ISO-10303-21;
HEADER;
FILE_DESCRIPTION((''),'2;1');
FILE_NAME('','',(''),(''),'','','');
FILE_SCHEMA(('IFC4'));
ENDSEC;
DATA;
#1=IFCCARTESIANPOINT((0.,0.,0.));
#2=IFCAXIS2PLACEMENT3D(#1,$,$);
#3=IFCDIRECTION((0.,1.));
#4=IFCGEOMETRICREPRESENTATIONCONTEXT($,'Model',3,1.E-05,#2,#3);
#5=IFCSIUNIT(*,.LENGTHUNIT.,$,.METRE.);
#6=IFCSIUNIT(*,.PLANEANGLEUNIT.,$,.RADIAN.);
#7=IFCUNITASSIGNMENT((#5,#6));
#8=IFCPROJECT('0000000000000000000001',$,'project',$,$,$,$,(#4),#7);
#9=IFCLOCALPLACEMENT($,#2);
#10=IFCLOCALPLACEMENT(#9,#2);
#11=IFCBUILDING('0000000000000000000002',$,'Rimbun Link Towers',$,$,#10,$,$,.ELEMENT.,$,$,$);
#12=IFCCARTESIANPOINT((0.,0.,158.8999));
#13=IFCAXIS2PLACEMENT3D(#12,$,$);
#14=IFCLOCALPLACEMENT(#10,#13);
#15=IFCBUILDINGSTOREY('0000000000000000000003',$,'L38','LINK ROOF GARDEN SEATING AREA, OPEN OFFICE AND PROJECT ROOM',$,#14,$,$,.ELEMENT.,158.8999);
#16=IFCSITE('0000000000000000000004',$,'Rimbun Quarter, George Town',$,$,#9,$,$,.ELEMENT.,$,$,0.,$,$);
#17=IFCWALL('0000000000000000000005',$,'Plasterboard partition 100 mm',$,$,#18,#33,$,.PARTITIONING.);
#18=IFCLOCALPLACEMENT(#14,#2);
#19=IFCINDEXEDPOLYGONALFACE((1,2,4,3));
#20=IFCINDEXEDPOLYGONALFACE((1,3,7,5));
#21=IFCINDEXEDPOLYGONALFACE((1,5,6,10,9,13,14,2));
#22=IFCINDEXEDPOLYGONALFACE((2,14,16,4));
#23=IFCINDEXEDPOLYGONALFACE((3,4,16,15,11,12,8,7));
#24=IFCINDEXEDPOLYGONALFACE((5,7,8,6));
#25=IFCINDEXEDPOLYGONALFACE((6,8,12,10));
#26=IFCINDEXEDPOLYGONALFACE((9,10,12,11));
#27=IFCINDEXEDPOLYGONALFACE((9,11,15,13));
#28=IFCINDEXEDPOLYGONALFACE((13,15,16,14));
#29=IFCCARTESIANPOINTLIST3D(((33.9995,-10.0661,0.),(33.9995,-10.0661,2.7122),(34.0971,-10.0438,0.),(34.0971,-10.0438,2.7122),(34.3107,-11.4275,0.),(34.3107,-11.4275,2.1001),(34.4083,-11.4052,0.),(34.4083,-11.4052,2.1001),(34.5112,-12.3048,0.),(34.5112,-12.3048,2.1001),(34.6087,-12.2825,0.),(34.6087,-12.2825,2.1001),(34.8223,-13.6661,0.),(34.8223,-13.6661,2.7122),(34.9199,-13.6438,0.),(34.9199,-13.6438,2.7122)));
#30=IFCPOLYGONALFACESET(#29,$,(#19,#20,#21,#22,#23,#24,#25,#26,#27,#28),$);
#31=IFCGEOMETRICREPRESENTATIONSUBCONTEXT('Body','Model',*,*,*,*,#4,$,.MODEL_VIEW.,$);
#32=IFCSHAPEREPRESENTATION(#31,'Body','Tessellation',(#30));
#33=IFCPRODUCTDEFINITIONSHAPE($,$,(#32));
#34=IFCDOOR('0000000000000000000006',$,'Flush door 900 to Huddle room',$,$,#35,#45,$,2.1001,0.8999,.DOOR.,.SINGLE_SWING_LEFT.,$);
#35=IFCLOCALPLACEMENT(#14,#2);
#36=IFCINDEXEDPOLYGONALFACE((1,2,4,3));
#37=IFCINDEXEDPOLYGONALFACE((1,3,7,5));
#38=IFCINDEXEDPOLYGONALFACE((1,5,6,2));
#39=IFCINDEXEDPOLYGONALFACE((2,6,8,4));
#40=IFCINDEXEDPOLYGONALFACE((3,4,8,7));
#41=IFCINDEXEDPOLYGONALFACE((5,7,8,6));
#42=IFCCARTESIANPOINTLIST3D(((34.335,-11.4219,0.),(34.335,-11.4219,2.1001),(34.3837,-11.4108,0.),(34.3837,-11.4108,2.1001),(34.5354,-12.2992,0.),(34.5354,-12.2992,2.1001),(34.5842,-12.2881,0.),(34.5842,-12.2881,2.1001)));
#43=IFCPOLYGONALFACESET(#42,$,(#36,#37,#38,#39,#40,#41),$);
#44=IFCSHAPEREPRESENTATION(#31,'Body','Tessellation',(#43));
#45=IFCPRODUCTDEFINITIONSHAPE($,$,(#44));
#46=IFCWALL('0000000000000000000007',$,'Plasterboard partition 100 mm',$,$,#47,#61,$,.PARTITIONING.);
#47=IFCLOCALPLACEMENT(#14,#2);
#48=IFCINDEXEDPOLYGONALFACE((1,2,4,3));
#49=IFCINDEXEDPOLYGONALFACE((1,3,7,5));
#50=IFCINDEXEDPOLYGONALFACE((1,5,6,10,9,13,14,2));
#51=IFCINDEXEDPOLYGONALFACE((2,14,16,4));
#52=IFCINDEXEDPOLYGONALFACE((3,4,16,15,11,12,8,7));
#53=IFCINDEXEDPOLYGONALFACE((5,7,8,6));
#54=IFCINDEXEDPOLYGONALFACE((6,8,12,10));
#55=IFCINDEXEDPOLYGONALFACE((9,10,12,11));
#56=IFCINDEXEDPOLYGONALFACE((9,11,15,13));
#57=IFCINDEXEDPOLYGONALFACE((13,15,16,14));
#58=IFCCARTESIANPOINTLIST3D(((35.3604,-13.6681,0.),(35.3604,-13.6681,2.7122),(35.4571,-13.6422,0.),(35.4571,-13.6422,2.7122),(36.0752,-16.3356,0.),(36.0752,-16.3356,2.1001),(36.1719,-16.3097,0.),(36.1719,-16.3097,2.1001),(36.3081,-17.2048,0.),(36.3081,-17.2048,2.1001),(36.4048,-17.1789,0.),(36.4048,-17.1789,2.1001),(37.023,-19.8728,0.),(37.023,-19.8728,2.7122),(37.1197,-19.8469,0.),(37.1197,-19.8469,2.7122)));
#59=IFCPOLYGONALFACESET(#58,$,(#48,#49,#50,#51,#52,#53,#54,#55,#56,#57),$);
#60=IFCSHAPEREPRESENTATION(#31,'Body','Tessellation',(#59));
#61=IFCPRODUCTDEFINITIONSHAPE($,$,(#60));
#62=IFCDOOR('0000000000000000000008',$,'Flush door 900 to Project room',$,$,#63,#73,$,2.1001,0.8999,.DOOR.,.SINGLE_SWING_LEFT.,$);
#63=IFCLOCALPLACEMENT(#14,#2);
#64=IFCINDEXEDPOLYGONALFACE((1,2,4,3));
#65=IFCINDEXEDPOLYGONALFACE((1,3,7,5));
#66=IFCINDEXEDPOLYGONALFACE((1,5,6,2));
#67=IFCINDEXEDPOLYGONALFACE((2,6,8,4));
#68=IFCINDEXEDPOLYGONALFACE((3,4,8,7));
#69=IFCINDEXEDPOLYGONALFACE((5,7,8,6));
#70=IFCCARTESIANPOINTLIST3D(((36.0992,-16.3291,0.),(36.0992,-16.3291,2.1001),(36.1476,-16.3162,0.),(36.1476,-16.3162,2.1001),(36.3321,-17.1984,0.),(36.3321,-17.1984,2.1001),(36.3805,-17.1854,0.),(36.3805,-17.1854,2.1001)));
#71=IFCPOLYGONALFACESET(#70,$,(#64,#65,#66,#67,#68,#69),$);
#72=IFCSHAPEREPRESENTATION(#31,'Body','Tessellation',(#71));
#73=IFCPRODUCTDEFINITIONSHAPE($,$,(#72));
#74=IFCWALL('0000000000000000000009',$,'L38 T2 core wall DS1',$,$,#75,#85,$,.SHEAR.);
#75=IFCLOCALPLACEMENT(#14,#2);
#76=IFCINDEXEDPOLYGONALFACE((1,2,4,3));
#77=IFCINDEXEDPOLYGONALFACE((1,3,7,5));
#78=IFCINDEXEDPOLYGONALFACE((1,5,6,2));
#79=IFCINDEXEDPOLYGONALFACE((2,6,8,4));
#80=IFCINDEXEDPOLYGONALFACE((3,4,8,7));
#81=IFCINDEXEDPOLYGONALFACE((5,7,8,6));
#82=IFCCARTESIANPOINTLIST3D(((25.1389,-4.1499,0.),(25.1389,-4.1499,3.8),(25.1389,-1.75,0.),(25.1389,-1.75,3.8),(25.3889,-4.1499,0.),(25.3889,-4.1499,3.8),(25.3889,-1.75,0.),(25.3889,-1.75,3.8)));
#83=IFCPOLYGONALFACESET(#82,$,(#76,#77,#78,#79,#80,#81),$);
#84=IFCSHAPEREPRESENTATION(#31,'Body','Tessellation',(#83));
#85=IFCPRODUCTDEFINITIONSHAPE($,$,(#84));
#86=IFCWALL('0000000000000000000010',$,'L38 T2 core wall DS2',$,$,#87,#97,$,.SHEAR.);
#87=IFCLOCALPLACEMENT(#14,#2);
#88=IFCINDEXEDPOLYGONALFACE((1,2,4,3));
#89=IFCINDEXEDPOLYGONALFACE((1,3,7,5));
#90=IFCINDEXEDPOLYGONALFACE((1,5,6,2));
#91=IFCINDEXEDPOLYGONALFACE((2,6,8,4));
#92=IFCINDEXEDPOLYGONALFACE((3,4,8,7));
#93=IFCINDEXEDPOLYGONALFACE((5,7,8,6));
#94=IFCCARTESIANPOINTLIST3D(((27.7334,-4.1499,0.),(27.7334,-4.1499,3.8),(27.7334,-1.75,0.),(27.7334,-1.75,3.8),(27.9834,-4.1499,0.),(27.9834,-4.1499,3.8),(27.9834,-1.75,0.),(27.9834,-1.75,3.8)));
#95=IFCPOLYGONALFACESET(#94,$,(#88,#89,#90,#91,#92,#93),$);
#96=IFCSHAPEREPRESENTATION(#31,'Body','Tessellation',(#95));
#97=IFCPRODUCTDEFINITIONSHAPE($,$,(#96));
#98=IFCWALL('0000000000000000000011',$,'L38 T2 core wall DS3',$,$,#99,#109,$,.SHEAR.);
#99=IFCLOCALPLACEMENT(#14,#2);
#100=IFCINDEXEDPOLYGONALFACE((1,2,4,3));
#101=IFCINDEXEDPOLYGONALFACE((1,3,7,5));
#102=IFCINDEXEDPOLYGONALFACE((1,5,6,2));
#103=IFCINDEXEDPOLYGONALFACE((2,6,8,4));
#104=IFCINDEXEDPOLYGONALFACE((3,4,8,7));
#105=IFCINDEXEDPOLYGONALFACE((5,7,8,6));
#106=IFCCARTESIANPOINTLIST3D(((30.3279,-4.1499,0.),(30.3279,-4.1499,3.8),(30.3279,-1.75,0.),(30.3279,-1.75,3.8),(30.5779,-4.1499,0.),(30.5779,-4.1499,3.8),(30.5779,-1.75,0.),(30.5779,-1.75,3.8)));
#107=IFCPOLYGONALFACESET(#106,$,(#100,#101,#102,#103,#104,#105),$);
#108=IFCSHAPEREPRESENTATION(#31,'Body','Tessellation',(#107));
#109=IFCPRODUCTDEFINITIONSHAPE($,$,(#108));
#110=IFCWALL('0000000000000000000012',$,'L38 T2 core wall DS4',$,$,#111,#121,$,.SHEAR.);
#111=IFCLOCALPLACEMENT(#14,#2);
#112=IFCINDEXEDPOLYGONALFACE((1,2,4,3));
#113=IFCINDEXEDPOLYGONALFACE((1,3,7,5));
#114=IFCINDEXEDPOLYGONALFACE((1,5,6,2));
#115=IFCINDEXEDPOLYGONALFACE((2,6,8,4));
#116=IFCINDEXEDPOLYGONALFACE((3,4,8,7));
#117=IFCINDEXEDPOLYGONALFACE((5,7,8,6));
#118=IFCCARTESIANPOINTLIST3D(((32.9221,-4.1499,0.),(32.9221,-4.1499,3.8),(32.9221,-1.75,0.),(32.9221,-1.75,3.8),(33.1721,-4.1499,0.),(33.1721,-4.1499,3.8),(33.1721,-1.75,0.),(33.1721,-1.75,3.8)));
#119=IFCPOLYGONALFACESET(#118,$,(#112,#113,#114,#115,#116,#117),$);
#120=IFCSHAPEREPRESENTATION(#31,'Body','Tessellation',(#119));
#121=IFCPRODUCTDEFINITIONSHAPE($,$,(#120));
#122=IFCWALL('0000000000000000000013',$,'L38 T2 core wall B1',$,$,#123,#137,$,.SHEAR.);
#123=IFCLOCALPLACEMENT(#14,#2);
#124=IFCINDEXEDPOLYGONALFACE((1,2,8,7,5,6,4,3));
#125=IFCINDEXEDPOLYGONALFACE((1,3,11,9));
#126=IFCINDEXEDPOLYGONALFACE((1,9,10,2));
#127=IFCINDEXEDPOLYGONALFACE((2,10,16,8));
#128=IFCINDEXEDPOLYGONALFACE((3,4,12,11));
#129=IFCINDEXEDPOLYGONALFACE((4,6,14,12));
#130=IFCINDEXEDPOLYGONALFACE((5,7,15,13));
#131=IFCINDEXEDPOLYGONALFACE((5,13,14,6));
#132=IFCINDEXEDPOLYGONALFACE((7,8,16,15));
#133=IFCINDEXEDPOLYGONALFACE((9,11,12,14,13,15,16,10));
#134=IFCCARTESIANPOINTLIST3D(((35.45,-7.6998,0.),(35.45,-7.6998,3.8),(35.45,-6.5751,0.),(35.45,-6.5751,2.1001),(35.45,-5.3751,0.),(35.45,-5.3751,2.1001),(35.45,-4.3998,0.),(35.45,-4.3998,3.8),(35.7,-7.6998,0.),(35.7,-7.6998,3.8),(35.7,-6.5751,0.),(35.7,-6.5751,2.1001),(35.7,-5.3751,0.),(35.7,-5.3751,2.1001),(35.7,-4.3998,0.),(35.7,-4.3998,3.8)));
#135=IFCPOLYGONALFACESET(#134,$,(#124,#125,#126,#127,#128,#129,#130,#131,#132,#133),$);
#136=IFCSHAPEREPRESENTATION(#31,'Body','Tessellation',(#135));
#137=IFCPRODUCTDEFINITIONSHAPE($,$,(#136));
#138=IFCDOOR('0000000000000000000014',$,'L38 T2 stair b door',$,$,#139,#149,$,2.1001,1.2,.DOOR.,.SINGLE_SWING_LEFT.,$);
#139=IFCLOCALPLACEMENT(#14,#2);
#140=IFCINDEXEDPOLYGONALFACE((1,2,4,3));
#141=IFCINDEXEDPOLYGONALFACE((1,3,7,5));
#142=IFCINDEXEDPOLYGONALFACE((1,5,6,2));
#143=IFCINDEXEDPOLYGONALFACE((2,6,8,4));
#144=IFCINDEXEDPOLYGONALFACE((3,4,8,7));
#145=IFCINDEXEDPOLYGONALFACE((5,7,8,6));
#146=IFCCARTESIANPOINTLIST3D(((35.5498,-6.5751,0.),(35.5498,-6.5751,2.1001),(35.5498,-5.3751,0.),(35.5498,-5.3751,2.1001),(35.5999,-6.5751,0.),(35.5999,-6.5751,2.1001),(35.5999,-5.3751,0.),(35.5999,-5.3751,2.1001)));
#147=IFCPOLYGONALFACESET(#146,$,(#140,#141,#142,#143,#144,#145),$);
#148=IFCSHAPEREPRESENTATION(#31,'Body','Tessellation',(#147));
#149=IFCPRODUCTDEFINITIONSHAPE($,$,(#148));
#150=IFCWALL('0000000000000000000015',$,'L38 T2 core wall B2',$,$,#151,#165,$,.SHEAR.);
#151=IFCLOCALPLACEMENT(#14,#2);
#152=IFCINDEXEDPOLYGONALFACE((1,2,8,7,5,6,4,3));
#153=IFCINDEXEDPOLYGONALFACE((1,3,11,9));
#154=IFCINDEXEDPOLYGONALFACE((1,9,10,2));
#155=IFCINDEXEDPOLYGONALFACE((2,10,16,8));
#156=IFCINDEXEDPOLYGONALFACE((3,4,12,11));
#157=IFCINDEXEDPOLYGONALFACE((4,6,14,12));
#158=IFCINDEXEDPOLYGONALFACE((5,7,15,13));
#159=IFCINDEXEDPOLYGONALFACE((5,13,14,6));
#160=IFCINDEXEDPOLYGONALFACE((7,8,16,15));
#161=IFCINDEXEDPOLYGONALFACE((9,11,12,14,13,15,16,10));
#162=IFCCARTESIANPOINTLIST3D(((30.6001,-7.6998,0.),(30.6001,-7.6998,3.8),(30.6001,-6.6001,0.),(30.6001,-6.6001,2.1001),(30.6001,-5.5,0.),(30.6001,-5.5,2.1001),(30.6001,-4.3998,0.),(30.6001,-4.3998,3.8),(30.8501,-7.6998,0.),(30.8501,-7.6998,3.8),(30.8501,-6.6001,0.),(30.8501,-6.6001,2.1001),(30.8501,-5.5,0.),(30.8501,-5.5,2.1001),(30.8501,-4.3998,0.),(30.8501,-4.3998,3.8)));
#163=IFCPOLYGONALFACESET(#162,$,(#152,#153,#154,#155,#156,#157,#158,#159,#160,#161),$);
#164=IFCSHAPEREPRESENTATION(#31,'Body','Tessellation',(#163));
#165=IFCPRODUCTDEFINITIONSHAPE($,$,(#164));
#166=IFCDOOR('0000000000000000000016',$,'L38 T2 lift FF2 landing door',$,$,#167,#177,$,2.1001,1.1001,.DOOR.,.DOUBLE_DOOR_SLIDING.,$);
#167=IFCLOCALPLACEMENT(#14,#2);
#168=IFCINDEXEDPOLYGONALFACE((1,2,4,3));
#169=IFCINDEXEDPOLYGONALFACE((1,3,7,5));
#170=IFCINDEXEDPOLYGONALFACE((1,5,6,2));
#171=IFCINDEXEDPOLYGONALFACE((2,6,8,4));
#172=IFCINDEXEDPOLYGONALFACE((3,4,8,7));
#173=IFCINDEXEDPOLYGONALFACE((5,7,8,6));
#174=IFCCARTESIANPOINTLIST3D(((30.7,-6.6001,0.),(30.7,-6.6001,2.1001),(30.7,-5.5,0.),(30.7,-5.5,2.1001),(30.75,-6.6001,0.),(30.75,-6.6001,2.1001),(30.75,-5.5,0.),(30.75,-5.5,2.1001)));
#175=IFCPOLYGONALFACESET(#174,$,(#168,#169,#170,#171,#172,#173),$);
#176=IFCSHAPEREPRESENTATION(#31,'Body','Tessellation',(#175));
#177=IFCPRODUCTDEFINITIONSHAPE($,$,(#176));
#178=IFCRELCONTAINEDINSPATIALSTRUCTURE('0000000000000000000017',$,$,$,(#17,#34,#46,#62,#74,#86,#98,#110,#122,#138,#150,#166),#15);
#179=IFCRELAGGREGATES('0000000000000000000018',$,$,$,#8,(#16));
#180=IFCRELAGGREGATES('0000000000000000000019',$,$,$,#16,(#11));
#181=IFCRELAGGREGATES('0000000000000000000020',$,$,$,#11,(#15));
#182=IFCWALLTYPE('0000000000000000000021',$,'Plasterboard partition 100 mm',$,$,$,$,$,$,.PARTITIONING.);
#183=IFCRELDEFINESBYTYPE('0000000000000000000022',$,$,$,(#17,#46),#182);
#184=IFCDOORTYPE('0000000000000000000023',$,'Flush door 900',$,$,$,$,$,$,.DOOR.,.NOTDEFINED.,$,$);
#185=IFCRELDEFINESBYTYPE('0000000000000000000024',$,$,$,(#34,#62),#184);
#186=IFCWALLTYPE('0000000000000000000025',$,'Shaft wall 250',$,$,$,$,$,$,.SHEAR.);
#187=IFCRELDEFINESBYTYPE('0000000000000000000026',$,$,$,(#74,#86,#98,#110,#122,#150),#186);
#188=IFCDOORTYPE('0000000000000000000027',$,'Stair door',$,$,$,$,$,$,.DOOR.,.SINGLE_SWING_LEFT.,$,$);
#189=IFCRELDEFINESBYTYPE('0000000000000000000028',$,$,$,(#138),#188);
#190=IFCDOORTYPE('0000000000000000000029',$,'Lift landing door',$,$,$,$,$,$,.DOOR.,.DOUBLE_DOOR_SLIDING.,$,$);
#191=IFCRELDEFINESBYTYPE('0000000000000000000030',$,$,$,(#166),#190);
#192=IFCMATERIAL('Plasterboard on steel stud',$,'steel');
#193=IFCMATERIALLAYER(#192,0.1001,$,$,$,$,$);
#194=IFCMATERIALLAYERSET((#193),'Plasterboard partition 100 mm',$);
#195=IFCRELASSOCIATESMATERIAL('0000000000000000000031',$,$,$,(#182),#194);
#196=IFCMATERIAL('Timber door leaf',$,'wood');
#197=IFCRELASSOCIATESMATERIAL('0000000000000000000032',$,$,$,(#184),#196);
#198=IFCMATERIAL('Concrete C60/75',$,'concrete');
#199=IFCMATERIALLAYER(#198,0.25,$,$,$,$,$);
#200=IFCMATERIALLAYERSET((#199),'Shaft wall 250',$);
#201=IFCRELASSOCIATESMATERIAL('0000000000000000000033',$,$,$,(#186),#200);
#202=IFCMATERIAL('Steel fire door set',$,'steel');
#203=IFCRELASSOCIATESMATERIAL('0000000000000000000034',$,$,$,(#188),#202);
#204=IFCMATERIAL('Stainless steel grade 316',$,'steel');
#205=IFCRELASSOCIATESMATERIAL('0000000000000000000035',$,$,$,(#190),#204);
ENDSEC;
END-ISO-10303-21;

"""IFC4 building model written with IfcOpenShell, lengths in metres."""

from ifc_helpers import new_model, si_unit, direction, frame, frame_2d, origin, place, context, subcontext, project, spatial, rectangle, extrude, material, layer, layer_set, type_object, element, fill, save


model = new_model("IFC4")

# Units and contexts
model_context = context("Model", 3, precision=1e-05, world=origin(), true_north=direction((0.0, 1.0)))
body_context = subcontext(model_context, "Body", "Model", "MODEL_VIEW")
ifc_project = project(units=[si_unit("LENGTHUNIT", "METRE"), si_unit("PLANEANGLEUNIT", "RADIAN")], contexts=[model_context])

# Site, building, storey
site_placement = place(None, origin())
site = spatial("IfcSite", under=ifc_project, at=site_placement, Name="Rimbun Quarter, George Town", CompositionType="ELEMENT", RefElevation=0.0)
building_placement = place(site_placement, origin())
building = spatial("IfcBuilding", under=site, at=building_placement, Name="Rimbun Link Towers", CompositionType="ELEMENT")
storey_placement = place(building_placement, frame((0.0, 0.0, 158.8999)))
storey = spatial("IfcBuildingStorey", under=building, at=storey_placement, Name="L38", Description="LINK ROOF GARDEN SEATING AREA, OPEN OFFICE AND PROJECT ROOM", CompositionType="ELEMENT", Elevation=158.8999)

# Walls, openings, doors
ifc_material_1 = material(Name="Plasterboard on steel stud", Category="steel")
ifc_layer_1 = layer(ifc_material_1, 0.1001)
ifc_layer_set_1 = layer_set([ifc_layer_1], Name="Plasterboard partition 100 mm")
wall_type_1 = type_object("IfcWallType", Name="Plasterboard partition 100 mm", PredefinedType="PARTITIONING", material=ifc_layer_set_1)
wall_1_placement = place(storey_placement, frame((34.0483, -10.0549, 0.0), z_axis=(0.0, 0.0, 1.0), x_axis=(0.222792, -0.974866, 0.0)))
wall_1 = element("IfcWall", 1, at=wall_1_placement, inside=storey, type_object=wall_type_1, Name="Plasterboard partition 100 mm", PredefinedType="PARTITIONING", context=body_context, shape_type="SweptSolid", body=[
    extrude(rectangle(XDim=3.6929, YDim=0.1001, at=frame_2d((1.8464, 0.0))), origin(), (0.0, 0.0, 1.0), 2.7122),
])
opening_1_placement = place(wall_1_placement, frame((1.3965, 0.0, 0.0)))
opening_1 = element("IfcOpeningElement", 2, at=opening_1_placement, cuts=wall_1, PredefinedType="OPENING", context=body_context, shape_type="SweptSolid", body=[
    extrude(rectangle(XDim=0.8999, YDim=2.1001, at=frame_2d((0.45, 1.05))), frame((0.0, 0.0601, 0.0), z_axis=(0.0, -1.0, 0.0), x_axis=(1.0, 0.0, 0.0)), (0.0, 0.0, 1.0), 0.1201),
])
ifc_material_2 = material(Name="Timber door leaf", Category="wood")
door_type_1 = type_object("IfcDoorType", Name="Flush door 900", OperationType="NOTDEFINED", PredefinedType="DOOR", material=ifc_material_2)
door_1_placement = place(opening_1_placement, origin())
door_1 = element("IfcDoor", 3, at=door_1_placement, inside=storey, type_object=door_type_1, Name="Flush door 900 to Huddle room", OperationType="SINGLE_SWING_LEFT", OverallHeight=2.1001, OverallWidth=0.8999, PredefinedType="DOOR", context=body_context, shape_type="SweptSolid", body=[
    extrude(rectangle(XDim=0.8999, YDim=2.1001, at=frame_2d((0.45, 1.05))), frame((0.0, 0.0249, 0.0), z_axis=(0.0, -1.0, 0.0), x_axis=(1.0, 0.0, 0.0)), (0.0, 0.0, 1.0), 0.05),
])
fill(opening_1, door_1)
wall_2_placement = place(storey_placement, frame((35.4087, -13.655, 0.0), z_axis=(0.0, 0.0, 1.0), x_axis=(0.258831, -0.965923, 0.0)))
wall_2 = element("IfcWall", 4, at=wall_2_placement, inside=storey, type_object=wall_type_1, Name="Plasterboard partition 100 mm", PredefinedType="PARTITIONING", context=body_context, shape_type="SweptSolid", body=[
    extrude(rectangle(XDim=6.4236, YDim=0.1001, at=frame_2d((3.2119, 0.0))), origin(), (0.0, 0.0, 1.0), 2.7122),
])
opening_2_placement = place(wall_2_placement, frame((2.7617, 0.0, 0.0)))
opening_2 = element("IfcOpeningElement", 5, at=opening_2_placement, cuts=wall_2, PredefinedType="OPENING", context=body_context, shape_type="SweptSolid", body=[
    extrude(rectangle(XDim=0.8999, YDim=2.1001, at=frame_2d((0.45, 1.05))), frame((0.0, 0.0601, 0.0), z_axis=(0.0, -1.0, 0.0), x_axis=(1.0, 0.0, 0.0)), (0.0, 0.0, 1.0), 0.1201),
])
door_2_placement = place(opening_2_placement, origin())
door_2 = element("IfcDoor", 6, at=door_2_placement, inside=storey, type_object=door_type_1, Name="Flush door 900 to Project room", OperationType="SINGLE_SWING_LEFT", OverallHeight=2.1001, OverallWidth=0.8999, PredefinedType="DOOR", context=body_context, shape_type="SweptSolid", body=[
    extrude(rectangle(XDim=0.8999, YDim=2.1001, at=frame_2d((0.45, 1.05))), frame((0.0, 0.0249, 0.0), z_axis=(0.0, -1.0, 0.0), x_axis=(1.0, 0.0, 0.0)), (0.0, 0.0, 1.0), 0.05),
])
fill(opening_2, door_2)

# Walls
ifc_material_3 = material(Name="Concrete C60/75", Category="concrete")
ifc_layer_2 = layer(ifc_material_3, 0.25)
ifc_layer_set_2 = layer_set([ifc_layer_2], Name="Shaft wall 250")
wall_type_2 = type_object("IfcWallType", Name="Shaft wall 250", PredefinedType="SHEAR", material=ifc_layer_set_2)
for number, where, z_axis, x_axis, name in (
    (7, (25.2639, -4.1499, 0.0), (0.0, 0.0, 1.0), (0.0, 1.0, 0.0), "L38 T2 core wall DS1"),
    (8, (27.8584, -4.1499, 0.0), (0.0, 0.0, 1.0), (0.0, 1.0, 0.0), "L38 T2 core wall DS2"),
    (9, (30.4529, -4.1499, 0.0), (0.0, 0.0, 1.0), (0.0, 1.0, 0.0), "L38 T2 core wall DS3"),
    (10, (33.0471, -4.1499, 0.0), (0.0, 0.0, 1.0), (0.0, 1.0, 0.0), "L38 T2 core wall DS4"),
):
    element("IfcWall", number, at=place(storey_placement, frame(where, z_axis=z_axis, x_axis=x_axis)), inside=storey, type_object=wall_type_2, Name=name, PredefinedType="SHEAR", context=body_context, shape_type="SweptSolid", body=[
        extrude(rectangle(XDim=2.3999, YDim=0.25, at=frame_2d((1.2, 0.0))), origin(), (0.0, 0.0, 1.0), 3.8),
    ])

# Walls, openings, doors
wall_3_placement = place(storey_placement, frame((35.575, -4.3999, 0.0), z_axis=(0.0, 0.0, 1.0), x_axis=(0.0, -1.0, 0.0)))
wall_3 = element("IfcWall", 11, at=wall_3_placement, inside=storey, type_object=wall_type_2, Name="L38 T2 core wall B1", PredefinedType="SHEAR", context=body_context, shape_type="SweptSolid", body=[
    extrude(rectangle(XDim=3.3, YDim=0.25, at=frame_2d((1.6499, 0.0))), origin(), (0.0, 0.0, 1.0), 3.8),
])
opening_3_placement = place(wall_3_placement, frame((0.9751, 0.0, 0.0)))
opening_3 = element("IfcOpeningElement", 12, at=opening_3_placement, cuts=wall_3, PredefinedType="OPENING", context=body_context, shape_type="SweptSolid", body=[
    extrude(rectangle(XDim=1.2, YDim=2.1001, at=frame_2d((0.6001, 1.05))), frame((0.0, 0.135, 0.0), z_axis=(0.0, -1.0, 0.0), x_axis=(1.0, 0.0, 0.0)), (0.0, 0.0, 1.0), 0.27),
])
ifc_material_4 = material(Name="Steel fire door set", Category="steel")
door_type_2 = type_object("IfcDoorType", Name="Stair door", OperationType="SINGLE_SWING_LEFT", PredefinedType="DOOR", material=ifc_material_4)
door_3_placement = place(opening_3_placement, origin())
door_3 = element("IfcDoor", 13, at=door_3_placement, inside=storey, type_object=door_type_2, Name="L38 T2 stair b door", OperationType="SINGLE_SWING_LEFT", OverallHeight=2.1001, OverallWidth=1.2, PredefinedType="DOOR", context=body_context, shape_type="SweptSolid", body=[
    extrude(rectangle(XDim=1.2, YDim=2.1001, at=frame_2d((0.6001, 1.05))), frame((0.0, 0.0249, 0.0), z_axis=(0.0, -1.0, 0.0), x_axis=(1.0, 0.0, 0.0)), (0.0, 0.0, 1.0), 0.05),
])
fill(opening_3, door_3)
wall_4_placement = place(storey_placement, frame((30.7251, -4.3999, 0.0), z_axis=(0.0, 0.0, 1.0), x_axis=(0.0, -1.0, 0.0)))
wall_4 = element("IfcWall", 14, at=wall_4_placement, inside=storey, type_object=wall_type_2, Name="L38 T2 core wall B2", PredefinedType="SHEAR", context=body_context, shape_type="SweptSolid", body=[
    extrude(rectangle(XDim=3.3, YDim=0.25, at=frame_2d((1.6499, 0.0))), origin(), (0.0, 0.0, 1.0), 3.8),
])
opening_4_placement = place(wall_4_placement, frame((1.1001, 0.0, 0.0)))
opening_4 = element("IfcOpeningElement", 15, at=opening_4_placement, cuts=wall_4, PredefinedType="OPENING", context=body_context, shape_type="SweptSolid", body=[
    extrude(rectangle(XDim=1.1001, YDim=2.1001, at=frame_2d((0.55, 1.05))), frame((0.0, 0.135, 0.0), z_axis=(0.0, -1.0, 0.0), x_axis=(1.0, 0.0, 0.0)), (0.0, 0.0, 1.0), 0.27),
])
ifc_material_5 = material(Name="Stainless steel grade 316", Category="steel")
door_type_3 = type_object("IfcDoorType", Name="Lift landing door", OperationType="DOUBLE_DOOR_SLIDING", PredefinedType="DOOR", material=ifc_material_5)
door_4_placement = place(opening_4_placement, origin())
door_4 = element("IfcDoor", 16, at=door_4_placement, inside=storey, type_object=door_type_3, Name="L38 T2 lift FF2 landing door", OperationType="DOUBLE_DOOR_SLIDING", OverallHeight=2.1001, OverallWidth=1.1001, PredefinedType="DOOR", context=body_context, shape_type="SweptSolid", body=[
    extrude(rectangle(XDim=1.1001, YDim=2.1001, at=frame_2d((0.55, 1.05))), frame((0.0, 0.0249, 0.0), z_axis=(0.0, -1.0, 0.0), x_axis=(1.0, 0.0, 0.0)), (0.0, 0.0, 1.0), 0.05),
])
fill(opening_4, door_4)

save(model, "model.ifc")
